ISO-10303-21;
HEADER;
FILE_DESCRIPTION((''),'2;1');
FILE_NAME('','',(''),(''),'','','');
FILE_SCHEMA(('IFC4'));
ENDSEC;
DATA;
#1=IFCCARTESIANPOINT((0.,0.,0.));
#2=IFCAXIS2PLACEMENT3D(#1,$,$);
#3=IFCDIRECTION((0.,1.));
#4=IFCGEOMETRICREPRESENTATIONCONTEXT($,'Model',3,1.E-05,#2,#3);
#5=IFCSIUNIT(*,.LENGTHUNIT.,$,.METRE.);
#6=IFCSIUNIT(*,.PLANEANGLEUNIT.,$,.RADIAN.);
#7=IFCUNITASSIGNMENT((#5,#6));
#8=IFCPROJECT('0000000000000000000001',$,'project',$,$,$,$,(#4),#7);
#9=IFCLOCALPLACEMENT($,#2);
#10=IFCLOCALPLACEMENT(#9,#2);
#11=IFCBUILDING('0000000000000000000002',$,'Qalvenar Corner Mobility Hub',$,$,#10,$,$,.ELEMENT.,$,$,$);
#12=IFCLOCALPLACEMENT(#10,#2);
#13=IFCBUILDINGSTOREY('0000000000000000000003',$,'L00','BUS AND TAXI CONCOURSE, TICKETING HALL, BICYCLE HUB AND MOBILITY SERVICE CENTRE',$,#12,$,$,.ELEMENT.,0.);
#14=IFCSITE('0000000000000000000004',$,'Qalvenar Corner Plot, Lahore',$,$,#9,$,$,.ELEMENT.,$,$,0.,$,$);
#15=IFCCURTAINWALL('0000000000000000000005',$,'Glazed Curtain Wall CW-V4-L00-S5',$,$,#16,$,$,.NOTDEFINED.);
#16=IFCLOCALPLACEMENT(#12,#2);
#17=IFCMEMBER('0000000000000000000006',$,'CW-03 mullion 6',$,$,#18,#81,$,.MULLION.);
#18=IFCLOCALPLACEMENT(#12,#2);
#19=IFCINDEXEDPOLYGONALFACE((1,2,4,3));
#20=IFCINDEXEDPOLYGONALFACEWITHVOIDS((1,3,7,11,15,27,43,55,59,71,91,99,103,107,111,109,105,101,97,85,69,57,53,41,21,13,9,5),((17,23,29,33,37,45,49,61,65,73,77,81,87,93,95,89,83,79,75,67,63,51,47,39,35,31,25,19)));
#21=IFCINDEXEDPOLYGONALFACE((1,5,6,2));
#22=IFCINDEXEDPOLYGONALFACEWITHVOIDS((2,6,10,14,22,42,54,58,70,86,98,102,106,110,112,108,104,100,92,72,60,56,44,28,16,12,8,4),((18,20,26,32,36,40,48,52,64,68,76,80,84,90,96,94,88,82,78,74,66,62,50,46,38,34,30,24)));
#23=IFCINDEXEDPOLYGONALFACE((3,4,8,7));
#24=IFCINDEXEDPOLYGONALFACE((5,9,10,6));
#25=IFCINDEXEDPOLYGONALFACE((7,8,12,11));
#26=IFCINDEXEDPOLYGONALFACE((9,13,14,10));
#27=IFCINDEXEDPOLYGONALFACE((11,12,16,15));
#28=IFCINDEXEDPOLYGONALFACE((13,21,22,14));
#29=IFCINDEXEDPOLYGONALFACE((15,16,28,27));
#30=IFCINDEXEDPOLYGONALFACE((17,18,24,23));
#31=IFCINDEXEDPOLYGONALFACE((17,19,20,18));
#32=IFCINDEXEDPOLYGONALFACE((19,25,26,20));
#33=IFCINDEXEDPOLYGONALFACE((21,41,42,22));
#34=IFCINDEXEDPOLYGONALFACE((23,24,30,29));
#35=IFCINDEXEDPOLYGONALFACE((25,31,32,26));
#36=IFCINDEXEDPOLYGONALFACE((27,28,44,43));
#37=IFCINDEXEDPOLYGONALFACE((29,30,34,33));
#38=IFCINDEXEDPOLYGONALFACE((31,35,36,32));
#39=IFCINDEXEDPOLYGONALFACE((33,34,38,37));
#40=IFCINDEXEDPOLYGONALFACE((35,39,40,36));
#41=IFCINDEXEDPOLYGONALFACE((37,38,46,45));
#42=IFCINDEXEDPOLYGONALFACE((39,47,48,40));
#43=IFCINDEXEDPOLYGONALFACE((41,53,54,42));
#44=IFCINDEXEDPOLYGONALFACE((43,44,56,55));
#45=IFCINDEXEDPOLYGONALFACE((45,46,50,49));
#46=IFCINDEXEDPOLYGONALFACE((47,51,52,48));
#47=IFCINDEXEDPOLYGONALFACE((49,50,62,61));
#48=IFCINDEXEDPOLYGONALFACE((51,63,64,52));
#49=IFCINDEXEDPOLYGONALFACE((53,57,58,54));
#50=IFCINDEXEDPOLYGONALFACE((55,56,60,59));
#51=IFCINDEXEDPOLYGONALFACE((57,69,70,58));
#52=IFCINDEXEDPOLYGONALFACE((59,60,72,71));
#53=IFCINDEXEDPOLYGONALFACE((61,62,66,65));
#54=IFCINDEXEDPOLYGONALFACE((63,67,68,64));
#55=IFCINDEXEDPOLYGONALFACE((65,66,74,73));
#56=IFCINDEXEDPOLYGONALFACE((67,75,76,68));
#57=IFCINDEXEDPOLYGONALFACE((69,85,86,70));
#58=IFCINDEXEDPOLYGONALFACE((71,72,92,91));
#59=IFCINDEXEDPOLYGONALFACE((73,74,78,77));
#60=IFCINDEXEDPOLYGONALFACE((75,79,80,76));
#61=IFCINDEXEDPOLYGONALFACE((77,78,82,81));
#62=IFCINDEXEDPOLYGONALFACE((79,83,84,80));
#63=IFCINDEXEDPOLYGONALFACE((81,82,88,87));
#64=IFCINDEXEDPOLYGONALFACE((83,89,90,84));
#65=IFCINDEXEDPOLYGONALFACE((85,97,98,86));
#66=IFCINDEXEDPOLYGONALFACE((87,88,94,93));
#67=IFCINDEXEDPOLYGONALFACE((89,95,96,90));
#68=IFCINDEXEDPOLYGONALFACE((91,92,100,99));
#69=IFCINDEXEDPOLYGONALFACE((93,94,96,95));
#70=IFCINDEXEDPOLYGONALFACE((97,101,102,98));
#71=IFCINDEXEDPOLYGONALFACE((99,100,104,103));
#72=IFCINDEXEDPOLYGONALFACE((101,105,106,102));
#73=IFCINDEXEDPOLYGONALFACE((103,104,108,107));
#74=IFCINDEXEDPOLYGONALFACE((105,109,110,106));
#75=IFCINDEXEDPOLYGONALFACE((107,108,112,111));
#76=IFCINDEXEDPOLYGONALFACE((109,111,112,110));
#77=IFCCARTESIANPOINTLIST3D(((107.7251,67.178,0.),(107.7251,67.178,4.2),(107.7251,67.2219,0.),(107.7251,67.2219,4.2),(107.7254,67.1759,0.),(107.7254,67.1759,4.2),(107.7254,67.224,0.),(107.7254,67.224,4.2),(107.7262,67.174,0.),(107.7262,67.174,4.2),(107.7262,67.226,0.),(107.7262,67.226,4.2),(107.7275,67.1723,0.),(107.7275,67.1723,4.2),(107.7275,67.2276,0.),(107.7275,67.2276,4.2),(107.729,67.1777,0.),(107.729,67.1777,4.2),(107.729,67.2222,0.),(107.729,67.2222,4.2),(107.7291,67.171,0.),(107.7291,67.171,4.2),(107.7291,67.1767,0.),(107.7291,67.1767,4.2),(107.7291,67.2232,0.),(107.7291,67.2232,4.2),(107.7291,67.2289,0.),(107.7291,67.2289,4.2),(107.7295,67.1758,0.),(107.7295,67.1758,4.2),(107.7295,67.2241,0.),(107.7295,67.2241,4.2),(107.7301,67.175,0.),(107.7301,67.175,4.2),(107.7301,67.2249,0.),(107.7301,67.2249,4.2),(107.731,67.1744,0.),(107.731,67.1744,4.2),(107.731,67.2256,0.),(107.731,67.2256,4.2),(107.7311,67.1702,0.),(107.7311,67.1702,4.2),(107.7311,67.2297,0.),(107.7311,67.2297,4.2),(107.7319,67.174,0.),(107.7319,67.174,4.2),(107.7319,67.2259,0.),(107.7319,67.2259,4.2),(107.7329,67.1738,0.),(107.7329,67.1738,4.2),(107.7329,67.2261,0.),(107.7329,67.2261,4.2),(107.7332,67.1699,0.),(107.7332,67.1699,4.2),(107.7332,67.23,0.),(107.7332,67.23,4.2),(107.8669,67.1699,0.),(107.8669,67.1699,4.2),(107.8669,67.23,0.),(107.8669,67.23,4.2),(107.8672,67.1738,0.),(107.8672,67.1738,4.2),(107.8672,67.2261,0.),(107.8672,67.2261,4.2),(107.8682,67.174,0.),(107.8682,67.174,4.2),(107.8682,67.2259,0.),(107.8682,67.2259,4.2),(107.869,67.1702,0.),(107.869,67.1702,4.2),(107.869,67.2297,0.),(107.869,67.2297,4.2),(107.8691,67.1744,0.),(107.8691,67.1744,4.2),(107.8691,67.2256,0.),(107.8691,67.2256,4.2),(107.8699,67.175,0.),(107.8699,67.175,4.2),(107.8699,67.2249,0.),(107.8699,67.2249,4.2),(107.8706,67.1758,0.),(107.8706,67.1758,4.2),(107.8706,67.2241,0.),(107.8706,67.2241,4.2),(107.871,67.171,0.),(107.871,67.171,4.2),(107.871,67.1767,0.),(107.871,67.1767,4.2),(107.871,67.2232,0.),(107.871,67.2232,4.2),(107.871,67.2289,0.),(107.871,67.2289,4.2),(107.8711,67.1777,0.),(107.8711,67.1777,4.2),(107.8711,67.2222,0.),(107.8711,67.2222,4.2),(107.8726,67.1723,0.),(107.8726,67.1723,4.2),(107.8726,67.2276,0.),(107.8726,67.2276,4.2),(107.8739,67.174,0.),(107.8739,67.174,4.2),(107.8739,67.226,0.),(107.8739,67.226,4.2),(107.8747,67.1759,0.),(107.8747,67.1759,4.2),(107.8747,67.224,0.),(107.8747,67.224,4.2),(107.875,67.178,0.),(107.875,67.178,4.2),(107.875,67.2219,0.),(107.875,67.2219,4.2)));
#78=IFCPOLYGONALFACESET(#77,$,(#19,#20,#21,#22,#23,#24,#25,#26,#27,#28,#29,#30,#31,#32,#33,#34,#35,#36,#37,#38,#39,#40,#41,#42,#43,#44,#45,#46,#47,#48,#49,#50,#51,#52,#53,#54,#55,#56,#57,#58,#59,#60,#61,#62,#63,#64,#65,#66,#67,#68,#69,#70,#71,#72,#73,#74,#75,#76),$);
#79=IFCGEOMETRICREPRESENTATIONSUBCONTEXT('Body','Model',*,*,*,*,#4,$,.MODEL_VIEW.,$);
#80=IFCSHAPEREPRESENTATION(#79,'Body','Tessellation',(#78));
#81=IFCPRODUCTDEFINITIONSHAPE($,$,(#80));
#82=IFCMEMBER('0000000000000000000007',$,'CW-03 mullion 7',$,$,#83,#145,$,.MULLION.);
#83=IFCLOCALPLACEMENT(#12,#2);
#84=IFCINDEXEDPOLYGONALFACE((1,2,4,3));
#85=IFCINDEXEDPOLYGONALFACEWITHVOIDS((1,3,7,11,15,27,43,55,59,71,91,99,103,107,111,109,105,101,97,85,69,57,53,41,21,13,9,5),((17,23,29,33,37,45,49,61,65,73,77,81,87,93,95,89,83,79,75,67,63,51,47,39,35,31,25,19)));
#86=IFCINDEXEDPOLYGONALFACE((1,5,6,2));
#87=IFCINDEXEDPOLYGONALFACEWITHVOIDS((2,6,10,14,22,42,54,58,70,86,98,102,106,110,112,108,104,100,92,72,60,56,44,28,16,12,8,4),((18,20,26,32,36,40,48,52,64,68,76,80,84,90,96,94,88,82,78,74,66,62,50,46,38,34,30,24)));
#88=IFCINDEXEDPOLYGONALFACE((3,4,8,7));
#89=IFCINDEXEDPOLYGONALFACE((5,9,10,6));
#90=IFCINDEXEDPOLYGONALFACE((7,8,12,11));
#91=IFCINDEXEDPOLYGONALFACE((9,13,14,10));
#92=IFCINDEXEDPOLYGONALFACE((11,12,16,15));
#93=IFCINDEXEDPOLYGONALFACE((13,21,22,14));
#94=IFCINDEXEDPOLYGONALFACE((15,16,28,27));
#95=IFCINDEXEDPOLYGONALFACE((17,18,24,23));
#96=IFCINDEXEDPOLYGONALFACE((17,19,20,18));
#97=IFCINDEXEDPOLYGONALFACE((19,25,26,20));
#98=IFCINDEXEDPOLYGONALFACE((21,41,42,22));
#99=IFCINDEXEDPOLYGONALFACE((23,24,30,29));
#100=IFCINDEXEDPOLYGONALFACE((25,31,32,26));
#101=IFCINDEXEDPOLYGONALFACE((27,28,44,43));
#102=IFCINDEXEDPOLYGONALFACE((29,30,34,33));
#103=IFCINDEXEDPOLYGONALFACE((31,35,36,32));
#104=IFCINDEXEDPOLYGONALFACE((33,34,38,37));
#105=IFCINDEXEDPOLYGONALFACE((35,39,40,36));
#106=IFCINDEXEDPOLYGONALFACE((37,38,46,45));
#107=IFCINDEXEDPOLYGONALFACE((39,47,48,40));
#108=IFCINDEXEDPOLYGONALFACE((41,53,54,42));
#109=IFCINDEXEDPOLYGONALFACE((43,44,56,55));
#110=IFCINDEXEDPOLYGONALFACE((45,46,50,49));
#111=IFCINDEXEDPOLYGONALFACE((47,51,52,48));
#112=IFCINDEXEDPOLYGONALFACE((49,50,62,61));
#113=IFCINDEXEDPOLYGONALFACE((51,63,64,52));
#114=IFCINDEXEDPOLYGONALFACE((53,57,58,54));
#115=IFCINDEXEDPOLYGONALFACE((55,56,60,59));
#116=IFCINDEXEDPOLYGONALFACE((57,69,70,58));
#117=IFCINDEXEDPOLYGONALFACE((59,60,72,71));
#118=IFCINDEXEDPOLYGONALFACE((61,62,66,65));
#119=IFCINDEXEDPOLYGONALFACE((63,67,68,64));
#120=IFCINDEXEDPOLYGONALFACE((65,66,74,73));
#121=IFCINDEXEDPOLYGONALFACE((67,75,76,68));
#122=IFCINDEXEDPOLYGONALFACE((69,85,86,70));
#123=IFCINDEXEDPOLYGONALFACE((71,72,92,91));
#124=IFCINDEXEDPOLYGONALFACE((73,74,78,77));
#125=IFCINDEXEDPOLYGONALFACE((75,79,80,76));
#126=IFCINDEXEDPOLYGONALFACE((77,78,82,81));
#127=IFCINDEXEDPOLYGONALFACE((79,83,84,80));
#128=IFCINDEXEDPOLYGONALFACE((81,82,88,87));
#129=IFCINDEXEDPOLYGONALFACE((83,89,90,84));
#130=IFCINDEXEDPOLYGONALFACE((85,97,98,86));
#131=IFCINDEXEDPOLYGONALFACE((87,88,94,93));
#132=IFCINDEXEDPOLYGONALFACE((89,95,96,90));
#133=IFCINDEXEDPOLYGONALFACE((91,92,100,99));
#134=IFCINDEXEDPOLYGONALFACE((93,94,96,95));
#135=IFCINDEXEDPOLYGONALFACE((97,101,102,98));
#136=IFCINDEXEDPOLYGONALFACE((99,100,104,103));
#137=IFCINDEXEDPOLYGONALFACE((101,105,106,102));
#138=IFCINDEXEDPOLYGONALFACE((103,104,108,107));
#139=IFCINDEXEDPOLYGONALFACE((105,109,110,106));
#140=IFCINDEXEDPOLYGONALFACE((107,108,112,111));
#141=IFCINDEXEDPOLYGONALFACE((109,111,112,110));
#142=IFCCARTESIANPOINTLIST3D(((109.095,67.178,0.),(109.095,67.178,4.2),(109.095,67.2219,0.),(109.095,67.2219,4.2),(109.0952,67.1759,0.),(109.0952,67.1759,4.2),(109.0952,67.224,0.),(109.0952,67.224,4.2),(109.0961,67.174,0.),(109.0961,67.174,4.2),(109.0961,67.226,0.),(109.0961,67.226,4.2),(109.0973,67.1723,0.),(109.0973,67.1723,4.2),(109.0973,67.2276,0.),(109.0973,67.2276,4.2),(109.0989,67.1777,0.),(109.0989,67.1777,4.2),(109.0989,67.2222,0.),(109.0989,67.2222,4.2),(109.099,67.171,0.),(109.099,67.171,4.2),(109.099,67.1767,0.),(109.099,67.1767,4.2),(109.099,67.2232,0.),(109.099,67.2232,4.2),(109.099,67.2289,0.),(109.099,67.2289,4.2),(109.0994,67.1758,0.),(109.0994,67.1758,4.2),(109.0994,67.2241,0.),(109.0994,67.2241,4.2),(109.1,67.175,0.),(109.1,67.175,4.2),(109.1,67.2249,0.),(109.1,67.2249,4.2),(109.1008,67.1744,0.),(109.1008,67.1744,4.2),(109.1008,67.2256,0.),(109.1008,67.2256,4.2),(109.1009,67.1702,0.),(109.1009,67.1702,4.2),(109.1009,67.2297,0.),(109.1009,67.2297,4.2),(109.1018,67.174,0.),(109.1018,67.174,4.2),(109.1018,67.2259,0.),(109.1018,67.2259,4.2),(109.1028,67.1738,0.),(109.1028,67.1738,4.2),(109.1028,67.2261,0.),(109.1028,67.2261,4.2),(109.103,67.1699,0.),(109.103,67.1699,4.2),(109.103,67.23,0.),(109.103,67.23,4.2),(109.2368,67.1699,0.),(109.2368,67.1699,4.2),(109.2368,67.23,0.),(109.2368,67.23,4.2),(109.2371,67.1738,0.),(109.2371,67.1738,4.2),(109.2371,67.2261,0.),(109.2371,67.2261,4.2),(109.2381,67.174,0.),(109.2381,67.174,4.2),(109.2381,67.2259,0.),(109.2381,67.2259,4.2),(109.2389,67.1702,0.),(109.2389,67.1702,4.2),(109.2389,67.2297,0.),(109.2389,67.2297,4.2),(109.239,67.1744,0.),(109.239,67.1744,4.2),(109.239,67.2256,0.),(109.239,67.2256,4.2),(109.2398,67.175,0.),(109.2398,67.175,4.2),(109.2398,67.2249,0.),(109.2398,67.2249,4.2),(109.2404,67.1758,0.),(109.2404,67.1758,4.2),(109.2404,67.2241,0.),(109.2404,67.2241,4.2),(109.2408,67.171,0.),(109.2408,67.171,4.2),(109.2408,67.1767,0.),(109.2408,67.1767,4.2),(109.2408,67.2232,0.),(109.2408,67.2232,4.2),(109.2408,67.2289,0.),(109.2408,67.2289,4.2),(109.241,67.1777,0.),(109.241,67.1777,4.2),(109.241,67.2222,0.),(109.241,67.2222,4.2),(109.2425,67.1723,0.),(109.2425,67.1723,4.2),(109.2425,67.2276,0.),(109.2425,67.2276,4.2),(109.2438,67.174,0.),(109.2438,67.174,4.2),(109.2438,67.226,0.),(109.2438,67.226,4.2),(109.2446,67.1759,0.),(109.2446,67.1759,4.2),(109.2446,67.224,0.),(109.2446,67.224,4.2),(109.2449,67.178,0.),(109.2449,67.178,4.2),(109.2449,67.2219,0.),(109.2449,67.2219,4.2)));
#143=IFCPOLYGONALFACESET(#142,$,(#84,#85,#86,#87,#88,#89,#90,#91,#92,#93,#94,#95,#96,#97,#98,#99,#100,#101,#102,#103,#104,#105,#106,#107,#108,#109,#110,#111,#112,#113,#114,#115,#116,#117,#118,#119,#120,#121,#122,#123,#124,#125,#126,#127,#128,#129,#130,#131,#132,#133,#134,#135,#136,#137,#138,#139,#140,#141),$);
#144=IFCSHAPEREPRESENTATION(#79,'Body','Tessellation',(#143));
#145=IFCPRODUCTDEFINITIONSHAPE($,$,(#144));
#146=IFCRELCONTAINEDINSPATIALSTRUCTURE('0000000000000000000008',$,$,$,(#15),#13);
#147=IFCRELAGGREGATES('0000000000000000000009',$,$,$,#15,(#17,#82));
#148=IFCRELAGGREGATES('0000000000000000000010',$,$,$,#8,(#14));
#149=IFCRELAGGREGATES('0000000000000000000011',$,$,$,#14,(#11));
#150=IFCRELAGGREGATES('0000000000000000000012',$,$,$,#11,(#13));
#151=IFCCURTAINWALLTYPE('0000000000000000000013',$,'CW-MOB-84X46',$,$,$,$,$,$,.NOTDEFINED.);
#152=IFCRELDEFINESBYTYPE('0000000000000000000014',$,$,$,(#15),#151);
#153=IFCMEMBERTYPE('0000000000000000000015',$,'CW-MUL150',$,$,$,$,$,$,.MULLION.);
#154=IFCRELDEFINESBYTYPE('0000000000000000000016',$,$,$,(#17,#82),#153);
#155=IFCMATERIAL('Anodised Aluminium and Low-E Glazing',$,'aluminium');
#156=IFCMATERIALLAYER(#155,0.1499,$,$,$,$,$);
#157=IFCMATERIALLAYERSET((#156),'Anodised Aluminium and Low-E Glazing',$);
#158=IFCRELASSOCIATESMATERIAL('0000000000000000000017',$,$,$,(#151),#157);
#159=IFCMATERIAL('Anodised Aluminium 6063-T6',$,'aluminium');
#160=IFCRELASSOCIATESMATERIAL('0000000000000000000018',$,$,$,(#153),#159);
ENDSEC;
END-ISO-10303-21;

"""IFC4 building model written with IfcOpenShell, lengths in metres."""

from ifc_helpers import new_model, si_unit, direction, frame, origin, origin_2d, place, context, subcontext, project, spatial, hollow_rectangle, extrude, material, layer, layer_set, material_profile, profile_set, type_object, element, aggregate, save


model = new_model("IFC4")

# Units and contexts
model_context = context("Model", 3, precision=1e-05, world=origin(), true_north=direction((0.0, 1.0)))
body_context = subcontext(model_context, "Body", "Model", "MODEL_VIEW")
ifc_project = project(units=[si_unit("LENGTHUNIT", "METRE"), si_unit("PLANEANGLEUNIT", "RADIAN")], contexts=[model_context])

# Site, building, storey
site_placement = place(None, origin())
site = spatial("IfcSite", under=ifc_project, at=site_placement, Name="Qalvenar Corner Plot, Lahore", CompositionType="ELEMENT", RefElevation=0.0)
building_placement = place(site_placement, origin())
building = spatial("IfcBuilding", under=site, at=building_placement, Name="Qalvenar Corner Mobility Hub", CompositionType="ELEMENT")
storey_placement = place(building_placement, origin())
storey = spatial("IfcBuildingStorey", under=building, at=storey_placement, Name="L00", Description="BUS AND TAXI CONCOURSE, TICKETING HALL, BICYCLE HUB AND MOBILITY SERVICE CENTRE", CompositionType="ELEMENT", Elevation=0.0)

# Curtain wall, members
ifc_material_1 = material(Name="Anodised Aluminium and Low-E Glazing", Category="aluminium")
ifc_layer_1 = layer(ifc_material_1, 0.1499)
ifc_layer_set_1 = layer_set([ifc_layer_1], Name="Anodised Aluminium and Low-E Glazing")
curtain_wall_type = type_object("IfcCurtainWallType", Name="CW-MOB-84X46", PredefinedType="NOTDEFINED", material=ifc_layer_set_1)
curtain_wall_1_placement = place(storey_placement, origin())
curtain_wall_1 = element("IfcCurtainWall", 1, at=curtain_wall_1_placement, inside=storey, type_object=curtain_wall_type, Name="Glazed Curtain Wall CW-V4-L00-S5", PredefinedType="NOTDEFINED")
ifc_material_2 = material(Name="Anodised Aluminium 6063-T6", Category="aluminium")
ifc_material_profile_1 = material_profile(ifc_material_2, hollow_rectangle(XDim=0.0601, YDim=0.1499, WallThickness=0.0039, InnerFilletRadius=0.0039, OuterFilletRadius=0.0081, at=origin_2d()), Name="RHS150x60x4")
ifc_profile_set_1 = profile_set([ifc_material_profile_1], Name="Anodised Aluminium 6063-T6")
member_type_1 = type_object("IfcMemberType", Name="CW-MUL150", PredefinedType="MULLION", material=ifc_profile_set_1)
member_1_placement = place(storey_placement, frame((107.8, 67.2, 0.0), z_axis=(0.0, 0.0, 1.0), x_axis=(0.0, 1.0, 0.0)))
member_1 = element("IfcMember", 2, at=member_1_placement, type_object=member_type_1, Name="CW-03 mullion 6", PredefinedType="MULLION", context=body_context, shape_type="SweptSolid", body=[
    extrude(hollow_rectangle(XDim=0.0601, YDim=0.1499, WallThickness=0.0039, InnerFilletRadius=0.0039, OuterFilletRadius=0.0081, at=origin_2d()), origin(), (0.0, 0.0, 1.0), 4.2),
])
member_2_placement = place(storey_placement, frame((109.1699, 67.2, 0.0), z_axis=(0.0, 0.0, 1.0), x_axis=(0.0, 1.0, 0.0)))
member_2 = element("IfcMember", 3, at=member_2_placement, type_object=member_type_1, Name="CW-03 mullion 7", PredefinedType="MULLION", context=body_context, shape_type="SweptSolid", body=[
    extrude(hollow_rectangle(XDim=0.0601, YDim=0.1499, WallThickness=0.0039, InnerFilletRadius=0.0039, OuterFilletRadius=0.0081, at=origin_2d()), origin(), (0.0, 0.0, 1.0), 4.2),
])

aggregate(curtain_wall_1, [member_1, member_2])

save(model, "model.ifc")
